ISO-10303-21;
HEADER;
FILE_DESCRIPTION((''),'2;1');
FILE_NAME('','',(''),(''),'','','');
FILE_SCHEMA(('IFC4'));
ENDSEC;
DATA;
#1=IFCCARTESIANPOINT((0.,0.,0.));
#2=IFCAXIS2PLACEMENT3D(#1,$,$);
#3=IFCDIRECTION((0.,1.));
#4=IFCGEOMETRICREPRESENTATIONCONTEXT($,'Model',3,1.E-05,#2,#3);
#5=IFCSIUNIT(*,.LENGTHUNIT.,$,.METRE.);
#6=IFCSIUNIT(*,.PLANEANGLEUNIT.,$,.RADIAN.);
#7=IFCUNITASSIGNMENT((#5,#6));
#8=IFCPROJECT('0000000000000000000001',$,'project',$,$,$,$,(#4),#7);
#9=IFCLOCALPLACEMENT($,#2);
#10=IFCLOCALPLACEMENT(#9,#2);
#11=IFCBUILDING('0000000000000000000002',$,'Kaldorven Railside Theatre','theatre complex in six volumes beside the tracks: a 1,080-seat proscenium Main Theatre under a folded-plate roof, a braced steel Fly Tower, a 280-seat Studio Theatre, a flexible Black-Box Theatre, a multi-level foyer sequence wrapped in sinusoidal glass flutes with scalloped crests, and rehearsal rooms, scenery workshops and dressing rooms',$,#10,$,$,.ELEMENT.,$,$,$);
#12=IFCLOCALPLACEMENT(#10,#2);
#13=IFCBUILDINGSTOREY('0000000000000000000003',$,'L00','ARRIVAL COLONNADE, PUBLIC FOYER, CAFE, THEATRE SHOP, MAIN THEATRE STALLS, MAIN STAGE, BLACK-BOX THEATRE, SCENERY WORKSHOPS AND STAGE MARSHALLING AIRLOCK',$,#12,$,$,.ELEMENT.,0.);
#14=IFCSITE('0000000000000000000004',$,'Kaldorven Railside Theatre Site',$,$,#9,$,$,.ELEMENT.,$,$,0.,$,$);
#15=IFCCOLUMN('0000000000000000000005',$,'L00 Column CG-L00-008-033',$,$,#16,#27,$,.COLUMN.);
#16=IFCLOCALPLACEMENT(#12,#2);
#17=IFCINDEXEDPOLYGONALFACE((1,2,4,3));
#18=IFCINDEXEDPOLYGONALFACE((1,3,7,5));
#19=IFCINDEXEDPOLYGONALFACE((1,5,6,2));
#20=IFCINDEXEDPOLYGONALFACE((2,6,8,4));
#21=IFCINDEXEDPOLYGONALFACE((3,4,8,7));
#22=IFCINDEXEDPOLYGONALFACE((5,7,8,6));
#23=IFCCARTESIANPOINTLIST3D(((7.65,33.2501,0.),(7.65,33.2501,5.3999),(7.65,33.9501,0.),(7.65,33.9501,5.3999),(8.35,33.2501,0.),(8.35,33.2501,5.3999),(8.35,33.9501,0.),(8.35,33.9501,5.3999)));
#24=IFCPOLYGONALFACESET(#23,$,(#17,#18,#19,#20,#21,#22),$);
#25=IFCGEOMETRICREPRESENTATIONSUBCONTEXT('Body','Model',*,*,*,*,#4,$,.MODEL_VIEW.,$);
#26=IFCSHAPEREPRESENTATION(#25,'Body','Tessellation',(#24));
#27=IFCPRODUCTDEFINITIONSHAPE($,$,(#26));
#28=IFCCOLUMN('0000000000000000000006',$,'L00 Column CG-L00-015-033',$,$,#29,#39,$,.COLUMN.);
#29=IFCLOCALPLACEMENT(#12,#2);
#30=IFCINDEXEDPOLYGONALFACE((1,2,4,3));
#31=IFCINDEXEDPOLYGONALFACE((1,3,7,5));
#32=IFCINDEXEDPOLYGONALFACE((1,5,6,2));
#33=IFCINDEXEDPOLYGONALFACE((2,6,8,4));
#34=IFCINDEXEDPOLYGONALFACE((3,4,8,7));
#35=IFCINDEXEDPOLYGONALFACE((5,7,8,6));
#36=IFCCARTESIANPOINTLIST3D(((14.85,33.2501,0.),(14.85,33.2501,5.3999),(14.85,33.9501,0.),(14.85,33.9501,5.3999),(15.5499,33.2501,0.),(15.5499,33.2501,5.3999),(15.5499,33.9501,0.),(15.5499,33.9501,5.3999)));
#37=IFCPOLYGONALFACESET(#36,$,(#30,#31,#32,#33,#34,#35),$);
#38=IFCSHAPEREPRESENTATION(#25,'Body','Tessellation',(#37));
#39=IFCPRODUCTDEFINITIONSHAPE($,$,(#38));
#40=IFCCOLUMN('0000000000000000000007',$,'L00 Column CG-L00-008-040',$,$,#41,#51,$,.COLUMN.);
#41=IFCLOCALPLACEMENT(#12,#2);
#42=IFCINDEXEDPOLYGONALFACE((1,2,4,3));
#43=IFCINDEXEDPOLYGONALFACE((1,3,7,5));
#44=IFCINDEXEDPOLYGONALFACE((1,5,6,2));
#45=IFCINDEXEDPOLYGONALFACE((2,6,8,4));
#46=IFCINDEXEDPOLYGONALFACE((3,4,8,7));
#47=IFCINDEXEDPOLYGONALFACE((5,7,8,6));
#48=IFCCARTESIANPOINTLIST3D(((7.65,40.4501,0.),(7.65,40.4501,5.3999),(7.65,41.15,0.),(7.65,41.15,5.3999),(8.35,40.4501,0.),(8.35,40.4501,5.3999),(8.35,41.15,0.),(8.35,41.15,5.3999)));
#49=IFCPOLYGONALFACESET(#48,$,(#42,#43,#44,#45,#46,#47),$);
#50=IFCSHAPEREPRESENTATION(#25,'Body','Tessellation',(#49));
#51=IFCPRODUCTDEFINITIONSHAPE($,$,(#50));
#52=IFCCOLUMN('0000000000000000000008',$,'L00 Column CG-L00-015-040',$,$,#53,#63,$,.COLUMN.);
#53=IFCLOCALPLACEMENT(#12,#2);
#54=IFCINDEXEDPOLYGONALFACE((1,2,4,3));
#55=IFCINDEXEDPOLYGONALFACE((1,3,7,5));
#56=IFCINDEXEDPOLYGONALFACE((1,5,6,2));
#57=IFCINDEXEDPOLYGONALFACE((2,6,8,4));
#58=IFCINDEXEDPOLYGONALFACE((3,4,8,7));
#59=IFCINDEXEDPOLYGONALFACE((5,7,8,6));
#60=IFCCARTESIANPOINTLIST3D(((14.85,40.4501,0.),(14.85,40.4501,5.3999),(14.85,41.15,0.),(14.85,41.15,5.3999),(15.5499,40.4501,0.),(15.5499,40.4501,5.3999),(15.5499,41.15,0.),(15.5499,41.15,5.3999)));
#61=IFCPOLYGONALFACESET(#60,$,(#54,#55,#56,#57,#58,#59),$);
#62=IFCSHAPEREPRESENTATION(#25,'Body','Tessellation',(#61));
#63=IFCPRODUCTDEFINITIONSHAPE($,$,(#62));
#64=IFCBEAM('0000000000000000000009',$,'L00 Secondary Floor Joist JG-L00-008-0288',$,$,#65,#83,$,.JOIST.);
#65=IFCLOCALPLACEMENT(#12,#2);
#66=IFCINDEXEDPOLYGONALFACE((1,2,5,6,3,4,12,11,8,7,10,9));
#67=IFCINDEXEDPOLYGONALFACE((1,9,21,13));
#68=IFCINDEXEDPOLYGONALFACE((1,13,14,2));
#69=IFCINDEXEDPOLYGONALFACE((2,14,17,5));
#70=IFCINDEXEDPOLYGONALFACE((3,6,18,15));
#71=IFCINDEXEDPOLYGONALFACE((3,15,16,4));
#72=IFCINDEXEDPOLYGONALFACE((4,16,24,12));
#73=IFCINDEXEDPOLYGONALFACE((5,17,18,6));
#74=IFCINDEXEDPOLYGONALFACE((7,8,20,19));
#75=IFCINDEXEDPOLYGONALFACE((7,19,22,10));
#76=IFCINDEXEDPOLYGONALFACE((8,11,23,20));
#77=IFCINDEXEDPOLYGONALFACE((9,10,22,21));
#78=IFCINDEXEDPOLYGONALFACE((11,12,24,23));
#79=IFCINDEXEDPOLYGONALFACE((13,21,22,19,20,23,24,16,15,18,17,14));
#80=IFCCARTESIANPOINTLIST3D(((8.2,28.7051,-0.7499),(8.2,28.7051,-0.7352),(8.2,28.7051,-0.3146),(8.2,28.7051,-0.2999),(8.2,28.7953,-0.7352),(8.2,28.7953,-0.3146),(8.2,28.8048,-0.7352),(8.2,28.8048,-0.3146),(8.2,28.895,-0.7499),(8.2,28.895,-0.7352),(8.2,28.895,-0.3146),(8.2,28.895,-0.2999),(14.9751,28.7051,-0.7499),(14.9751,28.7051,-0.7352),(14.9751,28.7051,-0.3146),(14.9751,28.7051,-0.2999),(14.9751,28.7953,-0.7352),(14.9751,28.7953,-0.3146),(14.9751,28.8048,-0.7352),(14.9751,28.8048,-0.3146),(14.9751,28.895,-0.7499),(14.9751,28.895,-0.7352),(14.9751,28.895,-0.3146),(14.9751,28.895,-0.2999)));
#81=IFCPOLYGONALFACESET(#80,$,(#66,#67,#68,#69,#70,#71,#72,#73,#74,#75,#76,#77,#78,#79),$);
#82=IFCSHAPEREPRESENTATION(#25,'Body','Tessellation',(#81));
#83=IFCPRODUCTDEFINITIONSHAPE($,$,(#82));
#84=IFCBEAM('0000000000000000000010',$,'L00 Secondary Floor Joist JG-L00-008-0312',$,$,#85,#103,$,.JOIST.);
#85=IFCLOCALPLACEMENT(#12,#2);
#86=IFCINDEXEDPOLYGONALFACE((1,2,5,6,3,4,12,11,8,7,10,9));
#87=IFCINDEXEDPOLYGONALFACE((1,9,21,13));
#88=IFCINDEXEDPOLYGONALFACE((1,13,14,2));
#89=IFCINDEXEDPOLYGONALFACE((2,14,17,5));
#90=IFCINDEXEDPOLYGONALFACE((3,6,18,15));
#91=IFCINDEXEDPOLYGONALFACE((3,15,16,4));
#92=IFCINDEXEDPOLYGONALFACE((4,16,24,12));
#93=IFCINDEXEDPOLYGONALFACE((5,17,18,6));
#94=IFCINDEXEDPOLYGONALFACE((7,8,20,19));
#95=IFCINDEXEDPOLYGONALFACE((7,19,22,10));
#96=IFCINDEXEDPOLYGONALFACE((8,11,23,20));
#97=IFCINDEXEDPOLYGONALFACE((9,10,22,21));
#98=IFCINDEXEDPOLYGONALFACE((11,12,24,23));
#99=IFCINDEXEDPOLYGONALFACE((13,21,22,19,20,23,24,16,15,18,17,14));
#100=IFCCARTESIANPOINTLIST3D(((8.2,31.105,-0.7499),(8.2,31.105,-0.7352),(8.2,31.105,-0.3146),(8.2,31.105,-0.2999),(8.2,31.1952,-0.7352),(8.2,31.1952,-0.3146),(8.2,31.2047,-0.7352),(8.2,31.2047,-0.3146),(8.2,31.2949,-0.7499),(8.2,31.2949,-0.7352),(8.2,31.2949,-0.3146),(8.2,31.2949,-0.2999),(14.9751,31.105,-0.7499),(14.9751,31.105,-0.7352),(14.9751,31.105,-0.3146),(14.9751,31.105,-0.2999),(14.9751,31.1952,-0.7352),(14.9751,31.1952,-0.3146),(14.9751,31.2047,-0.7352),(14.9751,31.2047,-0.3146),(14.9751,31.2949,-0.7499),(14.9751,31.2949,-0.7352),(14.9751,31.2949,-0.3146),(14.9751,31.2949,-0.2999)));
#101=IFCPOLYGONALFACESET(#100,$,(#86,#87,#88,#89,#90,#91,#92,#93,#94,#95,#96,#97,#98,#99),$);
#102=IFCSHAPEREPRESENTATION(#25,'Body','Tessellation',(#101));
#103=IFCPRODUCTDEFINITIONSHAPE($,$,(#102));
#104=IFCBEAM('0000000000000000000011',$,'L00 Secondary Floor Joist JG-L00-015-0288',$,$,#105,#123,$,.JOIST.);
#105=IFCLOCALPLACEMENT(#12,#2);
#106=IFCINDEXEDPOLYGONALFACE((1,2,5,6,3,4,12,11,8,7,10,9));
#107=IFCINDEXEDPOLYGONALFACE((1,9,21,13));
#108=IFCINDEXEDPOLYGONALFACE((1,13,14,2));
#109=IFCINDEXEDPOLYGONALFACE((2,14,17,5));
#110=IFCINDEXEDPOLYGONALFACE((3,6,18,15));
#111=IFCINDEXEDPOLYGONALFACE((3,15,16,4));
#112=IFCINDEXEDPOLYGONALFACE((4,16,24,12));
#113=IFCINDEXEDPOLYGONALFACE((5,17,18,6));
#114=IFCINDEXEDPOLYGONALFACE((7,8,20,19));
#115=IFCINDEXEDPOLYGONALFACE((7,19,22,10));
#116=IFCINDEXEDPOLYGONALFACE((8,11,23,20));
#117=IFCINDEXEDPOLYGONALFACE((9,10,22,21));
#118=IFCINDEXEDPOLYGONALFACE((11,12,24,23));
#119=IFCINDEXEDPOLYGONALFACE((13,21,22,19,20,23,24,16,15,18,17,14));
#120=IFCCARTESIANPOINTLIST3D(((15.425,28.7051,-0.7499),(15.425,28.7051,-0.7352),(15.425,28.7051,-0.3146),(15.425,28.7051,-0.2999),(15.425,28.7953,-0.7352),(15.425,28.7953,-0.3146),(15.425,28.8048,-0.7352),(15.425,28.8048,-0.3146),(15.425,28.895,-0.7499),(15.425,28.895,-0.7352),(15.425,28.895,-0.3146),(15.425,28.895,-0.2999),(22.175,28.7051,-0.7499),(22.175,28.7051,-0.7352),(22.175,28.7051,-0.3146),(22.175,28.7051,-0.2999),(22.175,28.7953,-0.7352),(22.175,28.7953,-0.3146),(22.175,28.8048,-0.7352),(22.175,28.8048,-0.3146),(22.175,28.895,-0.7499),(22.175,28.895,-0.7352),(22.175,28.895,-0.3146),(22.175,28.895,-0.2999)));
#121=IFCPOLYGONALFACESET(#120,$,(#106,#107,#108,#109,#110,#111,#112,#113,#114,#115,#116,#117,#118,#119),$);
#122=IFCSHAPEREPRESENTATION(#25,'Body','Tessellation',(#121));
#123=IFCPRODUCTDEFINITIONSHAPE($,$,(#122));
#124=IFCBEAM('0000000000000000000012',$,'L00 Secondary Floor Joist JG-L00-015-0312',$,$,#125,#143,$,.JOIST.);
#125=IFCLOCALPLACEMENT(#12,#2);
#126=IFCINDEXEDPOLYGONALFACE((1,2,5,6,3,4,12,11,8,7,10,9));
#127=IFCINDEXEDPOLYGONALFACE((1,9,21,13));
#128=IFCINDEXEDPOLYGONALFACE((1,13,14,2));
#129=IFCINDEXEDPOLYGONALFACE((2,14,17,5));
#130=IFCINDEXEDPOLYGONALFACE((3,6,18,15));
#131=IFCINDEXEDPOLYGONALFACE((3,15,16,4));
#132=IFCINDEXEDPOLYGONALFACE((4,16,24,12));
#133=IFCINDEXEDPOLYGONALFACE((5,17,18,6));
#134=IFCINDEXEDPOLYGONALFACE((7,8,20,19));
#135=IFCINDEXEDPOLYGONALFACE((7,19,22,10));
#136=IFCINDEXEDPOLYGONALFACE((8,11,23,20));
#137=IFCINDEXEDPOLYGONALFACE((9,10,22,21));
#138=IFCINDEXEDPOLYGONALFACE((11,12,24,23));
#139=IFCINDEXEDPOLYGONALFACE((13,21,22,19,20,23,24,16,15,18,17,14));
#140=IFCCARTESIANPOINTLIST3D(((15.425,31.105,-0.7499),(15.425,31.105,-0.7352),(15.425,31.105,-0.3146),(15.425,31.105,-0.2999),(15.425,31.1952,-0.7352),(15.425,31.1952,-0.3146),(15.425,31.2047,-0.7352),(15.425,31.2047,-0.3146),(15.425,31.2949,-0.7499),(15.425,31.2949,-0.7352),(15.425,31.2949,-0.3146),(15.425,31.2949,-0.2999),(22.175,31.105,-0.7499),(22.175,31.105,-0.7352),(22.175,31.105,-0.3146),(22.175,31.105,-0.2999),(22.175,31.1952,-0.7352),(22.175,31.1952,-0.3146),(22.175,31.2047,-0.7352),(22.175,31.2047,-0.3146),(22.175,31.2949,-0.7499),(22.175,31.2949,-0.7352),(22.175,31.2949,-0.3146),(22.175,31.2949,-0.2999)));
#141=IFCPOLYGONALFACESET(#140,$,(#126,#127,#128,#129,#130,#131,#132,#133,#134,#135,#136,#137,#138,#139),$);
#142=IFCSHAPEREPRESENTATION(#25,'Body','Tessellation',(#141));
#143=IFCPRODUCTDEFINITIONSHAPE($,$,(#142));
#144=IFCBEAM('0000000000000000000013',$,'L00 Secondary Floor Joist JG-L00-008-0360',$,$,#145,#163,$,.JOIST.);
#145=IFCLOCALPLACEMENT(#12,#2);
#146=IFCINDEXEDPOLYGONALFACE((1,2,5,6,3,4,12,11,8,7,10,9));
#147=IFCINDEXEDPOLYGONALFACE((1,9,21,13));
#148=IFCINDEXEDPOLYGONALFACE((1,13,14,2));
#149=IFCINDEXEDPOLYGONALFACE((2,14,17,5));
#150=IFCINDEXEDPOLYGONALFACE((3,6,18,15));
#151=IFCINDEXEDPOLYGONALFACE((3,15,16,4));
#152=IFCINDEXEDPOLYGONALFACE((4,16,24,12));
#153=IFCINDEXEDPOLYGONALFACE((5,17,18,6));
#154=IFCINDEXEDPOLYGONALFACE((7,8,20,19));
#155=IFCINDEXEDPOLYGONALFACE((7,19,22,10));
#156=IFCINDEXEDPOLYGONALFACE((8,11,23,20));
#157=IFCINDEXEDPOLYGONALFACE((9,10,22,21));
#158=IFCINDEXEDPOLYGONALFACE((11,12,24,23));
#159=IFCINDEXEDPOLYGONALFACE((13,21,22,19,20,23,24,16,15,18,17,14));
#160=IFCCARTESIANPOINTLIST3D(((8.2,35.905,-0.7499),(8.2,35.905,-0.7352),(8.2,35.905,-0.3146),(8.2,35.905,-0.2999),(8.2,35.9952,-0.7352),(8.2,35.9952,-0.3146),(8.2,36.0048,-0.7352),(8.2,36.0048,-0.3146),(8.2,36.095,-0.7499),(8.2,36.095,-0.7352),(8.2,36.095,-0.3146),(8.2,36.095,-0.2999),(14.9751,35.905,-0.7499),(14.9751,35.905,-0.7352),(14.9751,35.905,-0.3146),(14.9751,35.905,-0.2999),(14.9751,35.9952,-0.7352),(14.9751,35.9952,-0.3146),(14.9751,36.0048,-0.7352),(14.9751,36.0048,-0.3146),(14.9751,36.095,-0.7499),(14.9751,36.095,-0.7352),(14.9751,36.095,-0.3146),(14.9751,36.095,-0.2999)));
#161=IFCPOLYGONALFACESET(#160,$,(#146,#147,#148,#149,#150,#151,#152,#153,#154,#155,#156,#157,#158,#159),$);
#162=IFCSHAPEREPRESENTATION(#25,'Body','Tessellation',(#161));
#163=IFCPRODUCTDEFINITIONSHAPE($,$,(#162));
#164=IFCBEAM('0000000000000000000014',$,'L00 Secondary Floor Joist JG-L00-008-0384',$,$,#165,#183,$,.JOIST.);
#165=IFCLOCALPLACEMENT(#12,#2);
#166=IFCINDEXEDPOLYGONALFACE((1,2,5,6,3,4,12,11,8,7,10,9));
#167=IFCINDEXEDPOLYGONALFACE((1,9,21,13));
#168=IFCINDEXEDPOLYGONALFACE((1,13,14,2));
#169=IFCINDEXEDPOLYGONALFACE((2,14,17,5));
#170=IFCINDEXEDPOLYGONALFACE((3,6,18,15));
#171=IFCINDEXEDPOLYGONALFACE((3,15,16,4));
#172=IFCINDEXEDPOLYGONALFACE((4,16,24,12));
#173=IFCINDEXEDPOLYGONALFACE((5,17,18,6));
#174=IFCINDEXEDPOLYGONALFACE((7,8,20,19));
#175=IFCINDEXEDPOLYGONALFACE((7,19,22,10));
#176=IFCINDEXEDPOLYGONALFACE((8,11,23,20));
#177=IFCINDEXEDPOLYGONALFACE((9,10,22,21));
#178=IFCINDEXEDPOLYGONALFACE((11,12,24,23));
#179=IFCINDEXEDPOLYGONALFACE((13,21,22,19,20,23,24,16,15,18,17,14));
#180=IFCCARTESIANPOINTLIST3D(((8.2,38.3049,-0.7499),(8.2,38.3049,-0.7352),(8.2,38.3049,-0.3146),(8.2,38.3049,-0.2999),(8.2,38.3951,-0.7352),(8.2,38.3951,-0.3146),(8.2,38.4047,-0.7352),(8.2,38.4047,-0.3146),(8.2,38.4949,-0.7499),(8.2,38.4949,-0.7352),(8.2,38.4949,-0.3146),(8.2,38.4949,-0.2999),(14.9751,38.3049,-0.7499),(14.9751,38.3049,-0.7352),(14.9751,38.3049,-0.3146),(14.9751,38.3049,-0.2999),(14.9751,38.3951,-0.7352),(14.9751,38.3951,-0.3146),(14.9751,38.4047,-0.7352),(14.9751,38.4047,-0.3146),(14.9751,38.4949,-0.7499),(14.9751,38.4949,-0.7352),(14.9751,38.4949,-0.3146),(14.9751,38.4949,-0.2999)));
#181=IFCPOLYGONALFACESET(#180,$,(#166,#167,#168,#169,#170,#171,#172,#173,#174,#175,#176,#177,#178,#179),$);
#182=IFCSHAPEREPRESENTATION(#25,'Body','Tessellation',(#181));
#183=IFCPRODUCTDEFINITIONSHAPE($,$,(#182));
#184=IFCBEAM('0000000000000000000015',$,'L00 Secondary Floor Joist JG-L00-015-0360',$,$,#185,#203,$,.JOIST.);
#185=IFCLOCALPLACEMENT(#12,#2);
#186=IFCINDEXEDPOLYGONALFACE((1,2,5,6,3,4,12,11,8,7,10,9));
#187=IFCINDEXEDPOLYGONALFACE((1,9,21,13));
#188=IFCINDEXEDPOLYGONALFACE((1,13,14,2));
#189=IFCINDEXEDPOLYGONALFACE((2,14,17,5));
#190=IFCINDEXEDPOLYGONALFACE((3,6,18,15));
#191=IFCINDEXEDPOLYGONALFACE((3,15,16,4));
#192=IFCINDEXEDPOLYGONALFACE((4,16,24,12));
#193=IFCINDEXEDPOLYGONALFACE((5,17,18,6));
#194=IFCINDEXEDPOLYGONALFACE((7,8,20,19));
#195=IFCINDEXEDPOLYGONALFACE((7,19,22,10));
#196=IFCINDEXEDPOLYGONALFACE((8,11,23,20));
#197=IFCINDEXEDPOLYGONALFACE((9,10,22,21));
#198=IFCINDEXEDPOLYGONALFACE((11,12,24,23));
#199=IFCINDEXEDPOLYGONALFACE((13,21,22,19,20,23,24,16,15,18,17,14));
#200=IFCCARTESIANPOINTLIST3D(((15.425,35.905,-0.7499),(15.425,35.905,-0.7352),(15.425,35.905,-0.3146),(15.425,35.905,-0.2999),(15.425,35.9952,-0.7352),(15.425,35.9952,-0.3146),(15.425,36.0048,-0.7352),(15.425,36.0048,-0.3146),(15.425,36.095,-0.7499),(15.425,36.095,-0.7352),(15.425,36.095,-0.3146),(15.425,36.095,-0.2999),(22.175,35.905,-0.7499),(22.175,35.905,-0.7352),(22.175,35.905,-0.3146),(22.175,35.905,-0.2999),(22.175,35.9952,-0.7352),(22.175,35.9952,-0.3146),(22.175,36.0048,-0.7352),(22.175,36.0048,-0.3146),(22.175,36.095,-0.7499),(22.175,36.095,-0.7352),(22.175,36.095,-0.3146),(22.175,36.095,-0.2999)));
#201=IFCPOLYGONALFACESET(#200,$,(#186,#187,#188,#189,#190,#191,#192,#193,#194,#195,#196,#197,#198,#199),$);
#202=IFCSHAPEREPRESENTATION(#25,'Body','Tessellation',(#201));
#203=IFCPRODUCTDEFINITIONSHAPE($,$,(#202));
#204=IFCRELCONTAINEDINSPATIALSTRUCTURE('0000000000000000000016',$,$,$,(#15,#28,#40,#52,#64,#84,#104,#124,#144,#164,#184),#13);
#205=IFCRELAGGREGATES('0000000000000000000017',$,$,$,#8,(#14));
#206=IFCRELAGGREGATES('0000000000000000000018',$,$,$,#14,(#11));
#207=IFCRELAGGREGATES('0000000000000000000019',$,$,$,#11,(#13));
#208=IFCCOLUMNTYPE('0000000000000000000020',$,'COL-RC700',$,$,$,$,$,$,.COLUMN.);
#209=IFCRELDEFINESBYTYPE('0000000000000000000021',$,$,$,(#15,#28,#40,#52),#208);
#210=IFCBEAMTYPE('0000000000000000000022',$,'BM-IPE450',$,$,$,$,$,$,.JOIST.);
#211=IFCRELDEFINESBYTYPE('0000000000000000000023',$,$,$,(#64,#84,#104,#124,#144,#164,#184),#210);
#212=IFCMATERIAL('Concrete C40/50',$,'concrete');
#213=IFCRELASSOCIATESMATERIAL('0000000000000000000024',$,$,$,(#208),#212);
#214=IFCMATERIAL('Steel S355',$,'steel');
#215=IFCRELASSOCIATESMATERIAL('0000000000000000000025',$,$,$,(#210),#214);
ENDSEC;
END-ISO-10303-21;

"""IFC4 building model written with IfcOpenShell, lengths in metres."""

from ifc_helpers import new_model, si_unit, direction, frame, origin, origin_2d, place, context, subcontext, project, spatial, rectangle, i_section, extrude, material, material_profile, profile_set, type_object, element, save


model = new_model("IFC4")

# Units and contexts
model_context = context("Model", 3, precision=1e-05, world=origin(), true_north=direction((0.0, 1.0)))
body_context = subcontext(model_context, "Body", "Model", "MODEL_VIEW")
ifc_project = project(units=[si_unit("LENGTHUNIT", "METRE"), si_unit("PLANEANGLEUNIT", "RADIAN")], contexts=[model_context])

# Site, building, storey
site_placement = place(None, origin())
site = spatial("IfcSite", under=ifc_project, at=site_placement, Name="Kaldorven Railside Theatre Site", CompositionType="ELEMENT", RefElevation=0.0)
building_placement = place(site_placement, origin())
building = spatial("IfcBuilding", under=site, at=building_placement, Name="Kaldorven Railside Theatre", Description="theatre complex in six volumes beside the tracks: a 1,080-seat proscenium Main Theatre under a folded-plate roof, a braced steel Fly Tower, a 280-seat Studio Theatre, a flexible Black-Box Theatre, a multi-level foyer sequence wrapped in sinusoidal glass flutes with scalloped crests, and rehearsal rooms, scenery workshops and dressing rooms", CompositionType="ELEMENT")
storey_placement = place(building_placement, origin())
storey = spatial("IfcBuildingStorey", under=building, at=storey_placement, Name="L00", Description="ARRIVAL COLONNADE, PUBLIC FOYER, CAFE, THEATRE SHOP, MAIN THEATRE STALLS, MAIN STAGE, BLACK-BOX THEATRE, SCENERY WORKSHOPS AND STAGE MARSHALLING AIRLOCK", CompositionType="ELEMENT", Elevation=0.0)

# Columns
ifc_material_1 = material(Name="Concrete C40/50", Category="concrete")
ifc_material_profile_1 = material_profile(ifc_material_1, rectangle(XDim=0.7, YDim=0.7, at=origin_2d()), Name="RC 700x700")
ifc_profile_set_1 = profile_set([ifc_material_profile_1], Name="Concrete C40/50")
column_type = type_object("IfcColumnType", Name="COL-RC700", PredefinedType="COLUMN", material=ifc_profile_set_1)
for number, where, z_axis, x_axis, name in (
    (1, (8.0, 33.6001, 0.0), (0.0, 0.0, 1.0), (0.0, 1.0, 0.0), "L00 Column CG-L00-008-033"),
    (2, (15.2, 33.6001, 0.0), (0.0, 0.0, 1.0), (1.0, 0.0, 0.0), "L00 Column CG-L00-015-033"),
    (3, (8.0, 40.8, 0.0), (0.0, 0.0, 1.0), (1.0, 0.0, 0.0), "L00 Column CG-L00-008-040"),
    (4, (15.2, 40.8, 0.0), (0.0, 0.0, 1.0), (1.0, 0.0, 0.0), "L00 Column CG-L00-015-040"),
):
    element("IfcColumn", number, at=place(storey_placement, frame(where, z_axis=z_axis, x_axis=x_axis)), inside=storey, type_object=column_type, Name=name, PredefinedType="COLUMN", context=body_context, shape_type="SweptSolid", body=[
        extrude(rectangle(XDim=0.7, YDim=0.7, at=origin_2d()), origin(), (0.0, 0.0, 1.0), 5.3999),
    ])

# Beams
ifc_material_2 = material(Name="Steel S355", Category="steel")
ifc_material_profile_2 = material_profile(ifc_material_2, i_section(OverallWidth=0.1899, OverallDepth=0.45, WebThickness=0.0095, FlangeThickness=0.0146, at=origin_2d()), Name="IPE 450")
ifc_profile_set_2 = profile_set([ifc_material_profile_2], Name="Steel S355")
beam_type_1 = type_object("IfcBeamType", Name="BM-IPE450", PredefinedType="JOIST", material=ifc_profile_set_2)
for number, where, z_axis, x_axis, name in (
    (5, (8.2, 28.8, -0.5249), (1.0, 0.0, 0.0), (0.0, 1.0, 0.0), "L00 Secondary Floor Joist JG-L00-008-0288"),
    (6, (8.2, 31.2, -0.5249), (1.0, 0.0, 0.0), (0.0, 1.0, 0.0), "L00 Secondary Floor Joist JG-L00-008-0312"),
):
    element("IfcBeam", number, at=place(storey_placement, frame(where, z_axis=z_axis, x_axis=x_axis)), inside=storey, type_object=beam_type_1, Name=name, PredefinedType="JOIST", context=body_context, shape_type="SweptSolid", body=[
        extrude(i_section(OverallWidth=0.1899, OverallDepth=0.45, WebThickness=0.0095, FlangeThickness=0.0146, at=origin_2d()), origin(), (0.0, 0.0, 1.0), 6.7751),
    ])
for number, where, z_axis, x_axis, name in (
    (7, (15.425, 28.8, -0.5249), (1.0, 0.0, 0.0), (0.0, 1.0, 0.0), "L00 Secondary Floor Joist JG-L00-015-0288"),
    (8, (15.425, 31.2, -0.5249), (1.0, 0.0, 0.0), (0.0, 1.0, 0.0), "L00 Secondary Floor Joist JG-L00-015-0312"),
):
    element("IfcBeam", number, at=place(storey_placement, frame(where, z_axis=z_axis, x_axis=x_axis)), inside=storey, type_object=beam_type_1, Name=name, PredefinedType="JOIST", context=body_context, shape_type="SweptSolid", body=[
        extrude(i_section(OverallWidth=0.1899, OverallDepth=0.45, WebThickness=0.0095, FlangeThickness=0.0146, at=origin_2d()), origin(), (0.0, 0.0, 1.0), 6.75),
    ])
for number, where, z_axis, x_axis, name in (
    (9, (8.2, 36.0, -0.5249), (1.0, 0.0, 0.0), (0.0, 1.0, 0.0), "L00 Secondary Floor Joist JG-L00-008-0360"),
    (10, (8.2, 38.3999, -0.5249), (1.0, 0.0, 0.0), (0.0, 1.0, 0.0), "L00 Secondary Floor Joist JG-L00-008-0384"),
):
    element("IfcBeam", number, at=place(storey_placement, frame(where, z_axis=z_axis, x_axis=x_axis)), inside=storey, type_object=beam_type_1, Name=name, PredefinedType="JOIST", context=body_context, shape_type="SweptSolid", body=[
        extrude(i_section(OverallWidth=0.1899, OverallDepth=0.45, WebThickness=0.0095, FlangeThickness=0.0146, at=origin_2d()), origin(), (0.0, 0.0, 1.0), 6.7751),
    ])
for number, where, z_axis, x_axis, name in (
    (11, (15.425, 36.0, -0.5249), (1.0, 0.0, 0.0), (0.0, 1.0, 0.0), "L00 Secondary Floor Joist JG-L00-015-0360"),
):
    element("IfcBeam", number, at=place(storey_placement, frame(where, z_axis=z_axis, x_axis=x_axis)), inside=storey, type_object=beam_type_1, Name=name, PredefinedType="JOIST", context=body_context, shape_type="SweptSolid", body=[
        extrude(i_section(OverallWidth=0.1899, OverallDepth=0.45, WebThickness=0.0095, FlangeThickness=0.0146, at=origin_2d()), origin(), (0.0, 0.0, 1.0), 6.75),
    ])

save(model, "model.ifc")
